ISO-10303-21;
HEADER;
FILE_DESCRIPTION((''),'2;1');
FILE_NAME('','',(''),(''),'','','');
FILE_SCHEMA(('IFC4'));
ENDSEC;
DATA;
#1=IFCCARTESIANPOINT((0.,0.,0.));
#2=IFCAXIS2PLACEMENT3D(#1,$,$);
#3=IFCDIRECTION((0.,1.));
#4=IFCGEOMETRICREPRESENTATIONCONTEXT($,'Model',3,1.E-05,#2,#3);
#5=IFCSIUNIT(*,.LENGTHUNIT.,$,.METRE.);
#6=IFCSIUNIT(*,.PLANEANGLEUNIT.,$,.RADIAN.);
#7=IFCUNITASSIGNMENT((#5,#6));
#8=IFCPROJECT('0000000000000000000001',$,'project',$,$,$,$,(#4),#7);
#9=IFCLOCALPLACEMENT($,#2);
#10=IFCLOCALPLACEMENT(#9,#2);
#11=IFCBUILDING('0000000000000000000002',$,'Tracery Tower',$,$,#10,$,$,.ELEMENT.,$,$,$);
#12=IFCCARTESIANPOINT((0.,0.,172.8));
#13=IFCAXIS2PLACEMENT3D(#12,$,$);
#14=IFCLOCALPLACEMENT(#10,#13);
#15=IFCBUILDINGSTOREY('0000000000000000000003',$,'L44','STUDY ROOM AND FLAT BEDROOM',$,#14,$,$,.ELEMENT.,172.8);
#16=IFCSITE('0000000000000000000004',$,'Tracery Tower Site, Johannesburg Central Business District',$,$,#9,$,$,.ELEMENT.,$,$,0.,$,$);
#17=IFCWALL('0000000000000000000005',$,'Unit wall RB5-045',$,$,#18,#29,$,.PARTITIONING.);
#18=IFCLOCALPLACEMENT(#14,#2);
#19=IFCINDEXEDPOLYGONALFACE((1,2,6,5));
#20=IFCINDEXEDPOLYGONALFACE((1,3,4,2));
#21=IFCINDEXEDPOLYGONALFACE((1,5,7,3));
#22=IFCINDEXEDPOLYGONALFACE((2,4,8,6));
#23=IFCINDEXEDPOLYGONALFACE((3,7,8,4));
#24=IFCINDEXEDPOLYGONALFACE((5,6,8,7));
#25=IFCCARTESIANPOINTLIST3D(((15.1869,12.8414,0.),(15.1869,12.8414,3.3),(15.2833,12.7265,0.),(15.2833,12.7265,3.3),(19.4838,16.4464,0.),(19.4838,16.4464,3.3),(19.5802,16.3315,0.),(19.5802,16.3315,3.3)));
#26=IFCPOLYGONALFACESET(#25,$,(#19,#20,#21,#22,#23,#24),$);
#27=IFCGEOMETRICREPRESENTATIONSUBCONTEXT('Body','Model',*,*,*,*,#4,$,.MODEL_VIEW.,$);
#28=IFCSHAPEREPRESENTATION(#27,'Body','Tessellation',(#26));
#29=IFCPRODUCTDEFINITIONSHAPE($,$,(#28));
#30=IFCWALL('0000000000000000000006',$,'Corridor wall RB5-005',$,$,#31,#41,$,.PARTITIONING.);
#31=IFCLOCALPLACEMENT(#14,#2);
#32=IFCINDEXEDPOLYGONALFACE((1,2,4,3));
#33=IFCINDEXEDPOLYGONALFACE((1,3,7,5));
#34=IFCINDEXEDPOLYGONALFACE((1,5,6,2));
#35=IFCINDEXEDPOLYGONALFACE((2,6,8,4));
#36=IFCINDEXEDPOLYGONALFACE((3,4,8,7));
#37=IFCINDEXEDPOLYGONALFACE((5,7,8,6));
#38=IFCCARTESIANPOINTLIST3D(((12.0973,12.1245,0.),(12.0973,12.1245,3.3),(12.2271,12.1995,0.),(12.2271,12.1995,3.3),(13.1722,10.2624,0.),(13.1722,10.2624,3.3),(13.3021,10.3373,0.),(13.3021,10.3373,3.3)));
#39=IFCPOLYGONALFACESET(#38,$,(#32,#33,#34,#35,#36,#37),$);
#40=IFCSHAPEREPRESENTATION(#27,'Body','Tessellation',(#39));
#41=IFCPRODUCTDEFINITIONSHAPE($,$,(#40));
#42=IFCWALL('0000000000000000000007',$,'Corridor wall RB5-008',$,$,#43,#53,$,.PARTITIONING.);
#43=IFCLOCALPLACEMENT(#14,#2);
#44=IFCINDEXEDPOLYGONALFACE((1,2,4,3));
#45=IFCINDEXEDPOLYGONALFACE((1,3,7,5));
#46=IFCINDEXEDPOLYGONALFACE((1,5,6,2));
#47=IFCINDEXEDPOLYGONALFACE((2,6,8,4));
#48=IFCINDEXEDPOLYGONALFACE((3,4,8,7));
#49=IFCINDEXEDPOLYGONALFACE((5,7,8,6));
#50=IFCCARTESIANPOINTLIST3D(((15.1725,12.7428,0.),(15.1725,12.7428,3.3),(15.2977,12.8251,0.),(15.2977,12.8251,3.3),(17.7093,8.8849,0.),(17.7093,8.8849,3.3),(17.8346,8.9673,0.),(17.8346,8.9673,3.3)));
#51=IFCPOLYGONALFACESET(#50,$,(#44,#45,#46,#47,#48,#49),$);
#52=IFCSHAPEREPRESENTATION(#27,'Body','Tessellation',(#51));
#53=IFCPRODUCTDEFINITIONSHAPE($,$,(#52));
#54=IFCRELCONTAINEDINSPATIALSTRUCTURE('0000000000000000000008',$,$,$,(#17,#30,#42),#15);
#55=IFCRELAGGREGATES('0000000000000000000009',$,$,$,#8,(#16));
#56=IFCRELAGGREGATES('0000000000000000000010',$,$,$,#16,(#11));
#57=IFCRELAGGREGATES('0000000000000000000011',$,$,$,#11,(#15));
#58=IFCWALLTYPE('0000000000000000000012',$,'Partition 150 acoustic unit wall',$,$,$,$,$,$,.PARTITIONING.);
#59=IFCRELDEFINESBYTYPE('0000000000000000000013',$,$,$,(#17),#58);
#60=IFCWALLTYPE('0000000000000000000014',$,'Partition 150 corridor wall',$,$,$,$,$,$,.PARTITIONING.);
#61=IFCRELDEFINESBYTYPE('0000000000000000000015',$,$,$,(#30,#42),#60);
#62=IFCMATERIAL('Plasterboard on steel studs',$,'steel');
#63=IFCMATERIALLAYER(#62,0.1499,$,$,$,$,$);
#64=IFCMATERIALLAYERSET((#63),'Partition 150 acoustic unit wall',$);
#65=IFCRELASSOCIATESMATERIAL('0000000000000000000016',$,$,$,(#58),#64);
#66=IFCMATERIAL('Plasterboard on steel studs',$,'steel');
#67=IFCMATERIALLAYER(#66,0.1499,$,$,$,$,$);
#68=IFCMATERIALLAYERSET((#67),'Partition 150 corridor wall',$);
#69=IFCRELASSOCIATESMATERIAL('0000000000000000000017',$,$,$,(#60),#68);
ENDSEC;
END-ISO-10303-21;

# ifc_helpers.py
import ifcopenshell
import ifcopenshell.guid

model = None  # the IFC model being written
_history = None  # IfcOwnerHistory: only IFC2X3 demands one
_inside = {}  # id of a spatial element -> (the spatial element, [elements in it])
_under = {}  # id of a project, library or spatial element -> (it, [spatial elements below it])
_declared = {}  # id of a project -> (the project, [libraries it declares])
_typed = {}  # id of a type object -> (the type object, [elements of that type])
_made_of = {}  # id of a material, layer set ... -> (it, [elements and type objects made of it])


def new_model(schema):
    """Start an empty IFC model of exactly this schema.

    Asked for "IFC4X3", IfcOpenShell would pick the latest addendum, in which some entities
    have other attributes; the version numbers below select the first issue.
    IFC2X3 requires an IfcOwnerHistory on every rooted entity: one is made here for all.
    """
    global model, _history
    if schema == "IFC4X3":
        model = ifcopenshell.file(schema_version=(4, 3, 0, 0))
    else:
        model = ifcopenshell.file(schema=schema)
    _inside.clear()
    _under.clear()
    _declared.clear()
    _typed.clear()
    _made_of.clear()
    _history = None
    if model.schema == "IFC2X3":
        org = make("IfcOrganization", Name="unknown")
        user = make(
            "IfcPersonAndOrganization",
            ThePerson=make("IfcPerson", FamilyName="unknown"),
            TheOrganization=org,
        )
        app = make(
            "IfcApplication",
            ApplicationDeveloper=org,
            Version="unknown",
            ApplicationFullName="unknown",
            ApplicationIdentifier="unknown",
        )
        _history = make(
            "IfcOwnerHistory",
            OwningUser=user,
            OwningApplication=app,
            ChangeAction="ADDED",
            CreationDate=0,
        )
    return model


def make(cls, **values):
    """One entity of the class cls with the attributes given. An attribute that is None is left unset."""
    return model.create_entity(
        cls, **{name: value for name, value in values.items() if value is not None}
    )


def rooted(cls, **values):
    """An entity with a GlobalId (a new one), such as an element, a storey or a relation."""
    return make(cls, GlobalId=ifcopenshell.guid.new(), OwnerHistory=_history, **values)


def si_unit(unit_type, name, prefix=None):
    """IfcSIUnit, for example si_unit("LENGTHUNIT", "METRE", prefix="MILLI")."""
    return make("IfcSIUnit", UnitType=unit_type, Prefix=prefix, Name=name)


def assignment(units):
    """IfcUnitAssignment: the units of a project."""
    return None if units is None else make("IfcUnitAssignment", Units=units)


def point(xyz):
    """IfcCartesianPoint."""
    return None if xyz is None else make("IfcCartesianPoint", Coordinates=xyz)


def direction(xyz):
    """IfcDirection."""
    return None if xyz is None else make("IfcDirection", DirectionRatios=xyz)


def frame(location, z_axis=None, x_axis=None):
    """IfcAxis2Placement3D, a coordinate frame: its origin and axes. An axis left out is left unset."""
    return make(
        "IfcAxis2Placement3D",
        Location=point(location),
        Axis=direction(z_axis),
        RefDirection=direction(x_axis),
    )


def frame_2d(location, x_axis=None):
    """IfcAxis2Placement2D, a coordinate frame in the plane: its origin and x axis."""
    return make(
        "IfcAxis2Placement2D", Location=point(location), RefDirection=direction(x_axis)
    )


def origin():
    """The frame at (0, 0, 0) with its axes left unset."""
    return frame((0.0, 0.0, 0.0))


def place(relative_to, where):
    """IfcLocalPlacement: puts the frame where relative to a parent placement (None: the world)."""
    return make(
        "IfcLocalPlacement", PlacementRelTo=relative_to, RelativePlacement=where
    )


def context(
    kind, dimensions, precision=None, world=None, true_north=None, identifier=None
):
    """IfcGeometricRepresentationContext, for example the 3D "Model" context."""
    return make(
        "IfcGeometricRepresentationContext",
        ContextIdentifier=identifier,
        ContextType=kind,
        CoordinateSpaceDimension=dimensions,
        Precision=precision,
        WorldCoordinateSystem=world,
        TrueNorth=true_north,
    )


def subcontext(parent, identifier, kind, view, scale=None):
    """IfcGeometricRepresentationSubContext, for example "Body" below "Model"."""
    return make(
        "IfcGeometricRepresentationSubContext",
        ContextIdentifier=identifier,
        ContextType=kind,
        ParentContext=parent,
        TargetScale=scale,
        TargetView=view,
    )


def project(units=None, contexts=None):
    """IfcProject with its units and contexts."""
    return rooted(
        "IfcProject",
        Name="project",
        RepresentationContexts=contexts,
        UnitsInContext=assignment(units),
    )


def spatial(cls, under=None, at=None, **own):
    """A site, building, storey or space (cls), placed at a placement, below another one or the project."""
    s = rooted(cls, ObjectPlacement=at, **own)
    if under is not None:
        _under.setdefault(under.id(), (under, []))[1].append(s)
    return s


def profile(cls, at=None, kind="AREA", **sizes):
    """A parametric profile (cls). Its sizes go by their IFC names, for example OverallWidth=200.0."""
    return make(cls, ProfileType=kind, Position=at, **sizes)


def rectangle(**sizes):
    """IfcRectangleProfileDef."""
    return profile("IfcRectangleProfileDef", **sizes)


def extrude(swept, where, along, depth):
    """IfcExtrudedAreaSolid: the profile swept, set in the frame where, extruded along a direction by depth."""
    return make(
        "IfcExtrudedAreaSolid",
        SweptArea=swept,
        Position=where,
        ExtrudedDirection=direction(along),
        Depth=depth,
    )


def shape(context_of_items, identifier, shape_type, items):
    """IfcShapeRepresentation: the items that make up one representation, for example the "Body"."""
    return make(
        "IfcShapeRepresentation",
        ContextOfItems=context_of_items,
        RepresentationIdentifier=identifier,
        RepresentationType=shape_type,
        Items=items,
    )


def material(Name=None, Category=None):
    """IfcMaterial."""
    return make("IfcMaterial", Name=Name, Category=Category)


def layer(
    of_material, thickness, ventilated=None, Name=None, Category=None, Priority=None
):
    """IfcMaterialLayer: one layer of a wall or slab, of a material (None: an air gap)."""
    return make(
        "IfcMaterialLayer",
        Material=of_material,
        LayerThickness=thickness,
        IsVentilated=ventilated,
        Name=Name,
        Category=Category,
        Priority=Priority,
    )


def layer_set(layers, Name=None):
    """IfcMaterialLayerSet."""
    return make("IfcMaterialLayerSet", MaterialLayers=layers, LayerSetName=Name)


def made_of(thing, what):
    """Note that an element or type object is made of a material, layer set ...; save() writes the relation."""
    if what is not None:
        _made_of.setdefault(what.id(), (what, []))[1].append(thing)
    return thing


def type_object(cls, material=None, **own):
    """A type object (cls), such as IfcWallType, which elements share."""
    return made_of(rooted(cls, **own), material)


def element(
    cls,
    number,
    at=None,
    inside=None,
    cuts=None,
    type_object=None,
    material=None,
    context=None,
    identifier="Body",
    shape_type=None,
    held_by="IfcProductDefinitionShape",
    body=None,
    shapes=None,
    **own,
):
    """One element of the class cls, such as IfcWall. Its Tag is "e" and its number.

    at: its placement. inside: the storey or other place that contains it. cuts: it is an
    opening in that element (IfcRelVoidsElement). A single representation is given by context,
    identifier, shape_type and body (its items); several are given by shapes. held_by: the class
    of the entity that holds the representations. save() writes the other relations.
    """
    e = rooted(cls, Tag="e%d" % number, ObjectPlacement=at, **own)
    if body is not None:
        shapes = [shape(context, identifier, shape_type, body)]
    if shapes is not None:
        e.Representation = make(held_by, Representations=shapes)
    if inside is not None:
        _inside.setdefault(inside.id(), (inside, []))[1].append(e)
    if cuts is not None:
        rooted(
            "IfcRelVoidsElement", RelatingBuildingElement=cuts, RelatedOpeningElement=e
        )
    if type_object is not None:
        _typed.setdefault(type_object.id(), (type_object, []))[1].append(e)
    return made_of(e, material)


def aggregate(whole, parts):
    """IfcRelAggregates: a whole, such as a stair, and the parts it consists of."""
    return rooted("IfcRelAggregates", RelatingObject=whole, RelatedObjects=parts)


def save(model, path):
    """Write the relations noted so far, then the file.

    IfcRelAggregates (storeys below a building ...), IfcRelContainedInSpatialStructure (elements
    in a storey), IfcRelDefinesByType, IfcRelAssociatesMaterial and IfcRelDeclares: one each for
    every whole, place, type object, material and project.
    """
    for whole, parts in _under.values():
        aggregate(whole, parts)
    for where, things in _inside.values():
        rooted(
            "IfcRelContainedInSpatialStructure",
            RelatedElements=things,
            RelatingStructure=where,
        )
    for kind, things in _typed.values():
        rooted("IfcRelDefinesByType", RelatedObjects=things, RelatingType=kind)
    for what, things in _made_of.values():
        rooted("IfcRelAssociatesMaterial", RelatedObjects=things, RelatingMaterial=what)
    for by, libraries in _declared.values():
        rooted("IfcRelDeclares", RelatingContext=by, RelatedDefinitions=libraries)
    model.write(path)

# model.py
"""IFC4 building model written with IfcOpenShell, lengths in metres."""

from ifc_helpers import new_model, si_unit, direction, frame, frame_2d, origin, place, context, subcontext, project, spatial, rectangle, extrude, material, layer, layer_set, type_object, element, save


model = new_model("IFC4")

# Units and contexts
model_context = context("Model", 3, precision=1e-05, world=origin(), true_north=direction((0.0, 1.0)))
body_context = subcontext(model_context, "Body", "Model", "MODEL_VIEW")
ifc_project = project(units=[si_unit("LENGTHUNIT", "METRE"), si_unit("PLANEANGLEUNIT", "RADIAN")], contexts=[model_context])

# Site, building, storey
site_placement = place(None, origin())
site = spatial("IfcSite", under=ifc_project, at=site_placement, Name="Tracery Tower Site, Johannesburg Central Business District", CompositionType="ELEMENT", RefElevation=0.0)
building_placement = place(site_placement, origin())
building = spatial("IfcBuilding", under=site, at=building_placement, Name="Tracery Tower", CompositionType="ELEMENT")
storey_placement = place(building_placement, frame((0.0, 0.0, 172.8)))
storey = spatial("IfcBuildingStorey", under=building, at=storey_placement, Name="L44", Description="STUDY ROOM AND FLAT BEDROOM", CompositionType="ELEMENT", Elevation=172.8)

# Walls
ifc_material_1 = material(Name="Plasterboard on steel studs", Category="steel")
ifc_layer_1 = layer(ifc_material_1, 0.1499)
ifc_layer_set_1 = layer_set([ifc_layer_1], Name="Partition 150 acoustic unit wall")
wall_type_1 = type_object("IfcWallType", Name="Partition 150 acoustic unit wall", PredefinedType="PARTITIONING", material=ifc_layer_set_1)
wall_1_placement = place(storey_placement, frame((15.2351, 12.7839, 0.0), z_axis=(0.0, 0.0, 1.0), x_axis=(0.766091, 0.642733, 0.0)))
element("IfcWall", 1, at=wall_1_placement, inside=storey, type_object=wall_type_1, Name="Unit wall RB5-045", PredefinedType="PARTITIONING", context=body_context, shape_type="SweptSolid", body=[
    extrude(rectangle(XDim=5.6089, YDim=0.1499, at=frame_2d((2.8044, 0.0))), origin(), (0.0, 0.0, 1.0), 3.3),
])
ifc_material_2 = material(Name="Plasterboard on steel studs", Category="steel")
ifc_layer_2 = layer(ifc_material_2, 0.1499)
ifc_layer_set_2 = layer_set([ifc_layer_2], Name="Partition 150 corridor wall")
wall_type_2 = type_object("IfcWallType", Name="Partition 150 corridor wall", PredefinedType="PARTITIONING", material=ifc_layer_set_2)
wall_2_placement = place(storey_placement, frame((12.1621, 12.1621, 0.0), z_axis=(0.0, 0.0, 1.0), x_axis=(0.499962, -0.866048, 0.0)))
element("IfcWall", 2, at=wall_2_placement, inside=storey, type_object=wall_type_2, Name="Corridor wall RB5-005", PredefinedType="PARTITIONING", context=body_context, shape_type="SweptSolid", body=[
    extrude(rectangle(XDim=2.1501, YDim=0.1499, at=frame_2d((1.0752, 0.0))), origin(), (0.0, 0.0, 1.0), 3.3),
])
wall_3_placement = place(storey_placement, frame((15.2351, 12.7839, 0.0), z_axis=(0.0, 0.0, 1.0), x_axis=(0.54943, -0.83554, 0.0)))
element("IfcWall", 3, at=wall_3_placement, inside=storey, type_object=wall_type_2, Name="Corridor wall RB5-008", PredefinedType="PARTITIONING", context=body_context, shape_type="SweptSolid", body=[
    extrude(rectangle(XDim=4.6172, YDim=0.1499, at=frame_2d((2.3086, 0.0))), origin(), (0.0, 0.0, 1.0), 3.3),
])

save(model, "model.ifc")
